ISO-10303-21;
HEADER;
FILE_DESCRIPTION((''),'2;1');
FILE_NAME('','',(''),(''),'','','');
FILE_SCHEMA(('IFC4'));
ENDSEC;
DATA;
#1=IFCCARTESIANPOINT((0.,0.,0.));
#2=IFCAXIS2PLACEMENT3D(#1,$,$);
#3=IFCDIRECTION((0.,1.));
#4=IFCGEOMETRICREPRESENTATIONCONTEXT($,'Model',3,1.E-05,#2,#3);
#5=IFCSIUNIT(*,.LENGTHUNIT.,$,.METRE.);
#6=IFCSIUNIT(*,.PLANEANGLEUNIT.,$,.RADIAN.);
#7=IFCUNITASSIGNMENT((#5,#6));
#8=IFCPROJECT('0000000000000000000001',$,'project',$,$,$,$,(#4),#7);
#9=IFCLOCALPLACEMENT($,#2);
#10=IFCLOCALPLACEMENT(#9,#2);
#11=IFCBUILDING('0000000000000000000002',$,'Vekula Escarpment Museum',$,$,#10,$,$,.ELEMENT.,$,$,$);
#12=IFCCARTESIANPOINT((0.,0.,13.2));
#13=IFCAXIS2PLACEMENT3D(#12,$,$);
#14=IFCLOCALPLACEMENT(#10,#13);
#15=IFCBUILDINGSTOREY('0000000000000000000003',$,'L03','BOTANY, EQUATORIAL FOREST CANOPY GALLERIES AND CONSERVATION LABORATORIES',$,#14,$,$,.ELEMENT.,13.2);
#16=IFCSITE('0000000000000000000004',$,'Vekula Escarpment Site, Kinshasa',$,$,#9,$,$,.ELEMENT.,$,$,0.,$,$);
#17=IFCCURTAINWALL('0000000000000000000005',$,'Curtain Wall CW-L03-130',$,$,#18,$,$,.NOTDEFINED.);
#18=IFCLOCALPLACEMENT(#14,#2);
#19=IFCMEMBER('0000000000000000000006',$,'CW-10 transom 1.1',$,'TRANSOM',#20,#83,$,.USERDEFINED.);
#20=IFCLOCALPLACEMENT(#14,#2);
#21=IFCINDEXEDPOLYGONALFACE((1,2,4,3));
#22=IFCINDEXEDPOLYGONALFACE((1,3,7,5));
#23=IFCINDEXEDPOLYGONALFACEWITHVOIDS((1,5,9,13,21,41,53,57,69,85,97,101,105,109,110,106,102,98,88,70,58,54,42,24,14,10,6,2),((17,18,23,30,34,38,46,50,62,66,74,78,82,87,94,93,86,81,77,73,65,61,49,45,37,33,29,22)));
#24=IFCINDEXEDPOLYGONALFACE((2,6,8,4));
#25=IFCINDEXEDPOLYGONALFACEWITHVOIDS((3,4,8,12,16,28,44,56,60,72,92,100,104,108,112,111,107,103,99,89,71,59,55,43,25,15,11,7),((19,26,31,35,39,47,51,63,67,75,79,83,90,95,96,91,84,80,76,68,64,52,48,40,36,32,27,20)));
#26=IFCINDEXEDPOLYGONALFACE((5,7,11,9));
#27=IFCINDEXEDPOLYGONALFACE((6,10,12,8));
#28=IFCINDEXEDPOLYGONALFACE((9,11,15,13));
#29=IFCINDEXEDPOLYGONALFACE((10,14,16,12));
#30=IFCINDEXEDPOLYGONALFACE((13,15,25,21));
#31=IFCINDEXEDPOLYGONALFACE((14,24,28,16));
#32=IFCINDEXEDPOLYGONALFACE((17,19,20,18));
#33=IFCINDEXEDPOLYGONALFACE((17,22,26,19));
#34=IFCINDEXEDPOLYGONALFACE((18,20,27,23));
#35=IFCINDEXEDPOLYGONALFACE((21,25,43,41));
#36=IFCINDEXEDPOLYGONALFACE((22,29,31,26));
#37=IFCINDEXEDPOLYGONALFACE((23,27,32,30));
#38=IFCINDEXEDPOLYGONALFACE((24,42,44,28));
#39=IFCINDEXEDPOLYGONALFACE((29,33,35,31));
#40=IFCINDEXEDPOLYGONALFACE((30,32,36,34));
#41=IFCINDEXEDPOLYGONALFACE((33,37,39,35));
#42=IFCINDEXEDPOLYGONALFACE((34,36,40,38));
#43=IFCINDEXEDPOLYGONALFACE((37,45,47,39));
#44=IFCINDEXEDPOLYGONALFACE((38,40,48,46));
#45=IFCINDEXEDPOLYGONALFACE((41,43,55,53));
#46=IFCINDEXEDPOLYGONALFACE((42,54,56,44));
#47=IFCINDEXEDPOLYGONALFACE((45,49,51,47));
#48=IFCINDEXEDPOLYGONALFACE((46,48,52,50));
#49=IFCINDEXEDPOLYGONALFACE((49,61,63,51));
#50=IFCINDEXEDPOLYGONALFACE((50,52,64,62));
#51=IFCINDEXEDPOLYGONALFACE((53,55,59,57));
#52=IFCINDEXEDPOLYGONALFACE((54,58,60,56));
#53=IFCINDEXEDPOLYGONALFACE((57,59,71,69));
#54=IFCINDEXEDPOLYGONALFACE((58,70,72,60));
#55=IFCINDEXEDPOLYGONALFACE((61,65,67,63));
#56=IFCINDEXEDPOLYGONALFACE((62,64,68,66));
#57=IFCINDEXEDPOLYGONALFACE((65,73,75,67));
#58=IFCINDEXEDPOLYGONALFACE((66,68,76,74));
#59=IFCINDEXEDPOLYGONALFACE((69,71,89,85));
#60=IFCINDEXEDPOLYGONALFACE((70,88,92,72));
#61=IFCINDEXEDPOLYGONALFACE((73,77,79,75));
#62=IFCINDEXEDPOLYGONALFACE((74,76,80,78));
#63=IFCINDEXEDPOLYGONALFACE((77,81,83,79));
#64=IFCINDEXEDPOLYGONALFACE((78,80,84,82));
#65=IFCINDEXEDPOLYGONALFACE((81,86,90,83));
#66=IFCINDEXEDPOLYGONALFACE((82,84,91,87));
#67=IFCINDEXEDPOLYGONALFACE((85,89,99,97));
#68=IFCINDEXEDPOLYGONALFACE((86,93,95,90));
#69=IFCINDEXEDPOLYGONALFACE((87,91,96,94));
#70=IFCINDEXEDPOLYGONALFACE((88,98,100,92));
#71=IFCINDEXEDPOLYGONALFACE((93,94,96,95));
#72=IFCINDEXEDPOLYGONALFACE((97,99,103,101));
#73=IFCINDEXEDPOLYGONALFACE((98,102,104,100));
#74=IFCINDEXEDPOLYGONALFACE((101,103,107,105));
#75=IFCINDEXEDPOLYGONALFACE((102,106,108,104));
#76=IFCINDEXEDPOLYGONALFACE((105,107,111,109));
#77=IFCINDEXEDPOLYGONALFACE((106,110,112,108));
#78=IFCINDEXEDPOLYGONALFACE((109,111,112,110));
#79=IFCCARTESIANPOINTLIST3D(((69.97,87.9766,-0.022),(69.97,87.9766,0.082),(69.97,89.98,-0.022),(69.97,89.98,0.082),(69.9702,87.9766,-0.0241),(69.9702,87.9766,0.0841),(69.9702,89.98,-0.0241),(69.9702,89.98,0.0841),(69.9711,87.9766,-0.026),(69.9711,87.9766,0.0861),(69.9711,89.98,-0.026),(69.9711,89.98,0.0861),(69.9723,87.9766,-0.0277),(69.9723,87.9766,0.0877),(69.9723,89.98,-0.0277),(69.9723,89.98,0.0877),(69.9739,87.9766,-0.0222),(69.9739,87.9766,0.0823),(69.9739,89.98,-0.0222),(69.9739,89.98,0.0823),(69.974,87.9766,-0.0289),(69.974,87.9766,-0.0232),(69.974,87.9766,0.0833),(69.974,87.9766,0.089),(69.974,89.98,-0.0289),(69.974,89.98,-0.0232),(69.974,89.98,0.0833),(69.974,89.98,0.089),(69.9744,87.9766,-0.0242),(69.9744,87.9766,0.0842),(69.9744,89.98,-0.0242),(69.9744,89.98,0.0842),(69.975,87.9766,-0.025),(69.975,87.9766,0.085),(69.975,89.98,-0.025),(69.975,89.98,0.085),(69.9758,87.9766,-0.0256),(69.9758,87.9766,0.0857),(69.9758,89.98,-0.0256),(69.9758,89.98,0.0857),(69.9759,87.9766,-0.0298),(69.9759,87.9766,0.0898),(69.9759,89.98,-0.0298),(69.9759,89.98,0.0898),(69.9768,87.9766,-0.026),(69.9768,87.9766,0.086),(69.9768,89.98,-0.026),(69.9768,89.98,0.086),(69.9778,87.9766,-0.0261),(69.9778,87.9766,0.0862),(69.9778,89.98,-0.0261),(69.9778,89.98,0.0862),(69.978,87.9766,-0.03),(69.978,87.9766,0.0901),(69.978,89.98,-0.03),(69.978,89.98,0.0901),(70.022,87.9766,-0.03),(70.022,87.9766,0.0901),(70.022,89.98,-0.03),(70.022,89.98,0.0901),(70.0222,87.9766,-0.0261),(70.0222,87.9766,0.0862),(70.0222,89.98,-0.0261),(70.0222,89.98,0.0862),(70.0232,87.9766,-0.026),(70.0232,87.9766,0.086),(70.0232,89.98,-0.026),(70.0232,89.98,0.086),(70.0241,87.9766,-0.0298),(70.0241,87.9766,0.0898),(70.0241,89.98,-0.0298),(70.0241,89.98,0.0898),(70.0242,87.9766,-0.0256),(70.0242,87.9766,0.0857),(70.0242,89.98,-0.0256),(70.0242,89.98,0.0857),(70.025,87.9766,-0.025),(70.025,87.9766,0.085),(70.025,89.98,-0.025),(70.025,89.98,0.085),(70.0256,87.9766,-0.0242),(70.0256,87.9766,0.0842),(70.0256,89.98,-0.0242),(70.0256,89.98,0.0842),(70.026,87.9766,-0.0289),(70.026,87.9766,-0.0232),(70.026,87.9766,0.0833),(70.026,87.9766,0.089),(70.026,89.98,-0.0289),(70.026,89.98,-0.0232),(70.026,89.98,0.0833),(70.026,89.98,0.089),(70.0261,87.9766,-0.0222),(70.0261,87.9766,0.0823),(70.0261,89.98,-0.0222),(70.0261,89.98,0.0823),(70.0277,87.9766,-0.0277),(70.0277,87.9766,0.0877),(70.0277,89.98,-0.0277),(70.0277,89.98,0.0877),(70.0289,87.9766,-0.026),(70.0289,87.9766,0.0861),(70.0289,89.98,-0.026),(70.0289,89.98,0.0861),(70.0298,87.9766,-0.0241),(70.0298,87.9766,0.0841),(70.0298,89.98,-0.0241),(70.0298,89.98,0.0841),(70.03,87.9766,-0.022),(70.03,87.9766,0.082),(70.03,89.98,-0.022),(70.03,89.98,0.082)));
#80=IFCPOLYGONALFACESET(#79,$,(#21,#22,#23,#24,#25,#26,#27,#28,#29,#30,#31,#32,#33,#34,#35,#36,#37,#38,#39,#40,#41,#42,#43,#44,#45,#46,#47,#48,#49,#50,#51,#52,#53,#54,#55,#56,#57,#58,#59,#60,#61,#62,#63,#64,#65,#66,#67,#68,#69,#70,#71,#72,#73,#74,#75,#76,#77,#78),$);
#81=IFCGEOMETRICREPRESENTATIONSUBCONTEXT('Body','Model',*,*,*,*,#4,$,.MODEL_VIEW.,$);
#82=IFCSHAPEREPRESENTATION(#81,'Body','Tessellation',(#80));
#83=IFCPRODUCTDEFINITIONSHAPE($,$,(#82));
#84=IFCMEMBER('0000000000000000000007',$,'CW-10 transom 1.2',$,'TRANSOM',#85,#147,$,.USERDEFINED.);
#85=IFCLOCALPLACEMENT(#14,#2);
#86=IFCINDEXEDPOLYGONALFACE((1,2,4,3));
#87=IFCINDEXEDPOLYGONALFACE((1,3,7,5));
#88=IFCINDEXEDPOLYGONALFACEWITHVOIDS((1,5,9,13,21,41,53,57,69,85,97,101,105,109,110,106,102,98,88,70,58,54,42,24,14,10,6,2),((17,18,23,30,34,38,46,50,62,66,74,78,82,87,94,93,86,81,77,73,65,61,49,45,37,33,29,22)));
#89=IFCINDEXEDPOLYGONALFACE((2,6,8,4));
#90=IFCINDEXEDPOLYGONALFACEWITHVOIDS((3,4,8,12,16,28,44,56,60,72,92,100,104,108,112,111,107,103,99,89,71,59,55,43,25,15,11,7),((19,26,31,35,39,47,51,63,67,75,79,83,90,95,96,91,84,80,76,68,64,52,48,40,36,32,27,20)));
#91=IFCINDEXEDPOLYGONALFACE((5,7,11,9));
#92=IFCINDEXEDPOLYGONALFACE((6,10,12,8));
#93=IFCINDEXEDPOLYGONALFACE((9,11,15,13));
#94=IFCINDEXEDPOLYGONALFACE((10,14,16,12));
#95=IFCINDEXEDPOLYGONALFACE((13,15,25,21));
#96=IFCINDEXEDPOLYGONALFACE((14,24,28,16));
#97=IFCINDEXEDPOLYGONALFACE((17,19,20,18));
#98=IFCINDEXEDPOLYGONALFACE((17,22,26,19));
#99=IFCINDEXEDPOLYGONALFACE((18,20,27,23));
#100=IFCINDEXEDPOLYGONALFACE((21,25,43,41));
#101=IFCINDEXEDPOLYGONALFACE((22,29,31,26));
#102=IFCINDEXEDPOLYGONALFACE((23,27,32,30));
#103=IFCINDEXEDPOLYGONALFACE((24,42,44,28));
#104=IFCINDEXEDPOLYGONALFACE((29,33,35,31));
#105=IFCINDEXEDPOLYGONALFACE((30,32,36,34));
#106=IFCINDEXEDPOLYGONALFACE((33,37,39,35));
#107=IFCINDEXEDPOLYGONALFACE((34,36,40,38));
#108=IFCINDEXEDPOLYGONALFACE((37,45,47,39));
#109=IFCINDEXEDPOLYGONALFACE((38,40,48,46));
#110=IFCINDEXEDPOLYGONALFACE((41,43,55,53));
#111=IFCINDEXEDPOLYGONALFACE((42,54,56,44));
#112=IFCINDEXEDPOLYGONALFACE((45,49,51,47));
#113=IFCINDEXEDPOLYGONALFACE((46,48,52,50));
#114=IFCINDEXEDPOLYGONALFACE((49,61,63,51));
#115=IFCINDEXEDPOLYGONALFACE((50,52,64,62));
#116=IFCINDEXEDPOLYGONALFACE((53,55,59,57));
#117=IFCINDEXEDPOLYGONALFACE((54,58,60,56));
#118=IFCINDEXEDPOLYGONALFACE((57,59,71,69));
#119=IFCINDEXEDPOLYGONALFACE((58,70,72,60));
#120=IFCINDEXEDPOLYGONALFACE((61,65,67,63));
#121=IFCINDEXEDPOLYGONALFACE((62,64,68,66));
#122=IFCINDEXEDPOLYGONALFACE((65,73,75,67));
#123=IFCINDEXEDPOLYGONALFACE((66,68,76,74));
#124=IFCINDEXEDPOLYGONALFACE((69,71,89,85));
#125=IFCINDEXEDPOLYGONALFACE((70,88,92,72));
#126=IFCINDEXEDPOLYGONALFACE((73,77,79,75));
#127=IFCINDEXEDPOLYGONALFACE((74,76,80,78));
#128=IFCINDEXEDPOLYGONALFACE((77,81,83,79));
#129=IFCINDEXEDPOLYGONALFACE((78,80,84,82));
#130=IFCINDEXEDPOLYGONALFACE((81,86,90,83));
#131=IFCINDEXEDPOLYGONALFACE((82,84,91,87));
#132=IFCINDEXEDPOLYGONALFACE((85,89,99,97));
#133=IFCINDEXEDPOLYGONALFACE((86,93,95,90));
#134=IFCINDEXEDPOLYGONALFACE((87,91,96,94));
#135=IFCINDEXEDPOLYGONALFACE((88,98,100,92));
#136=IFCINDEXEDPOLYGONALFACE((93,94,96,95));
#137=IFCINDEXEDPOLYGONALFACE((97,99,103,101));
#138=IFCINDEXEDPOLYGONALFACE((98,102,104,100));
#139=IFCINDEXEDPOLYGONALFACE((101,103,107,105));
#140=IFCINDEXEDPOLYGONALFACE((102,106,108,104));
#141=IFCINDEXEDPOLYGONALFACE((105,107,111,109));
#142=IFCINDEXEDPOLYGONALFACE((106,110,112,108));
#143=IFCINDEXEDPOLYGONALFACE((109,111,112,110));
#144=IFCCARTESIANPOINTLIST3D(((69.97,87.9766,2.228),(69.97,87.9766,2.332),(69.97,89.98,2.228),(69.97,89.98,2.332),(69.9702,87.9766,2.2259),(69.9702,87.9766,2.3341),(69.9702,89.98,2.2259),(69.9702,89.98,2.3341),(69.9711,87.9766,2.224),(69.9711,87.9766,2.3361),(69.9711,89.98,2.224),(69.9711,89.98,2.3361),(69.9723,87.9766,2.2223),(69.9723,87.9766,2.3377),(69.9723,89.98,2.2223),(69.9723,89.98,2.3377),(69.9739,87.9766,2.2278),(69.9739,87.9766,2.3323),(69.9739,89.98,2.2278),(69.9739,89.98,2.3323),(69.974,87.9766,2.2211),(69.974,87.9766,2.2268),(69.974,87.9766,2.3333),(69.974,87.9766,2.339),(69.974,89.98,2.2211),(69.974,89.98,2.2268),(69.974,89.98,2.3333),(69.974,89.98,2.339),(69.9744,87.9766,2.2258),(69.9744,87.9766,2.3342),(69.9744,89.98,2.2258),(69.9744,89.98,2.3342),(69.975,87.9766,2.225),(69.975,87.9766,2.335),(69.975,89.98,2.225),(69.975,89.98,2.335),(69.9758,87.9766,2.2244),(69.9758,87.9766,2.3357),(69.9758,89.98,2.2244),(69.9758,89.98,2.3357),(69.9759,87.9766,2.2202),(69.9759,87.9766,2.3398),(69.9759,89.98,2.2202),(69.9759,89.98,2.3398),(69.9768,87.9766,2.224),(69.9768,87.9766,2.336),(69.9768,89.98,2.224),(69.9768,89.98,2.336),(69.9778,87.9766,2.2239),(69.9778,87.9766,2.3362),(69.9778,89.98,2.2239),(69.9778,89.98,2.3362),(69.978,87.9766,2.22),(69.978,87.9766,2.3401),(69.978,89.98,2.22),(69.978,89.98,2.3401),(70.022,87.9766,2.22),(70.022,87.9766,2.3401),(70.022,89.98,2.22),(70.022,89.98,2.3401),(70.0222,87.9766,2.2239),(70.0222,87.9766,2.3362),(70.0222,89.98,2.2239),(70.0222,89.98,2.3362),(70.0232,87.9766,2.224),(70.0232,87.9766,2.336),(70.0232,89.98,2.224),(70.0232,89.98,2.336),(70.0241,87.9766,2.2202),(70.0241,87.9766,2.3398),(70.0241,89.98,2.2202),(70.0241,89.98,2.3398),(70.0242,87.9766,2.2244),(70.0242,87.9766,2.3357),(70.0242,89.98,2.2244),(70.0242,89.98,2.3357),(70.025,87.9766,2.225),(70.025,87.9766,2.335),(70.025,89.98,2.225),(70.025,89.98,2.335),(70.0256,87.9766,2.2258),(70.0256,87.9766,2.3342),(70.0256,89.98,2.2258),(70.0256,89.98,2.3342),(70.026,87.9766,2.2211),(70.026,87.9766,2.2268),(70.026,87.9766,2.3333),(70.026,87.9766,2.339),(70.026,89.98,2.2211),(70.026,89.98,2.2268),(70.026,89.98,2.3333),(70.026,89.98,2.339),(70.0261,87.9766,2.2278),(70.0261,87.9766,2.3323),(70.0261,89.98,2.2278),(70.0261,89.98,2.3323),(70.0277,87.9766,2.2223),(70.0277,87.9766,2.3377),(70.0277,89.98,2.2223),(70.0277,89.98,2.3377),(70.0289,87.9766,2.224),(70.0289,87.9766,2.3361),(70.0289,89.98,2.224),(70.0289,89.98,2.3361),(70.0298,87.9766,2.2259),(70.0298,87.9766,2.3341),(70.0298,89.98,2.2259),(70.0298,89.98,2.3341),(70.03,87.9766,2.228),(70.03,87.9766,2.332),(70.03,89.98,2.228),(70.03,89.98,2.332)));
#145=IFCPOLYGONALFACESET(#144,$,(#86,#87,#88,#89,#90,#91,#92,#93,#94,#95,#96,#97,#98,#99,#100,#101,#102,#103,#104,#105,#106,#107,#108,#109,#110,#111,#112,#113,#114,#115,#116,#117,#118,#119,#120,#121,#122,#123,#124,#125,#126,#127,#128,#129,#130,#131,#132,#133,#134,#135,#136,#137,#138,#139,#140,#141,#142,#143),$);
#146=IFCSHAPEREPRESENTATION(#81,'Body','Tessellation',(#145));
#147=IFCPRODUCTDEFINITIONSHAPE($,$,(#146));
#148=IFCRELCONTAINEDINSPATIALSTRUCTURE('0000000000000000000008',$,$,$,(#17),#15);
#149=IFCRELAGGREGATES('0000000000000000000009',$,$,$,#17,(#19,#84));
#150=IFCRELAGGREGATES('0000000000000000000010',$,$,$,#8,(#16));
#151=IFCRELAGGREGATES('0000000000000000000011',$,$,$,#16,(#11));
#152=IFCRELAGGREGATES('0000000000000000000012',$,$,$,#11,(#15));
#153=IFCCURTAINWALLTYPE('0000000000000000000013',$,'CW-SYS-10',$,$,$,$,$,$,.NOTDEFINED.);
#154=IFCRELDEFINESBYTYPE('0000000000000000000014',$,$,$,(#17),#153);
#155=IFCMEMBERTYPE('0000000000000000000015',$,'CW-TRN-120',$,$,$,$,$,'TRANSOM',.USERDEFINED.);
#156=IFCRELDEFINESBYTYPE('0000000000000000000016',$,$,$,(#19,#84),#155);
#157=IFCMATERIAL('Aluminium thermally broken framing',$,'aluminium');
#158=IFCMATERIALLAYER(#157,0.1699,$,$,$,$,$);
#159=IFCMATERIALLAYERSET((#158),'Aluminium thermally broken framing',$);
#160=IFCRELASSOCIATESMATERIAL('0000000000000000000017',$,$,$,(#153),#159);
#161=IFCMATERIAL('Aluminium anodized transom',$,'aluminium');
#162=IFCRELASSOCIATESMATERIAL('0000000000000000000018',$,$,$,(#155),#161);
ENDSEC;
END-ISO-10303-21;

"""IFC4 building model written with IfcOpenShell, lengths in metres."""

from ifc_helpers import new_model, si_unit, direction, frame, origin, origin_2d, place, context, subcontext, project, spatial, hollow_rectangle, extrude, material, layer, layer_set, material_profile, profile_set, type_object, element, aggregate, save


model = new_model("IFC4")

# Units and contexts
model_context = context("Model", 3, precision=1e-05, world=origin(), true_north=direction((0.0, 1.0)))
body_context = subcontext(model_context, "Body", "Model", "MODEL_VIEW")
ifc_project = project(units=[si_unit("LENGTHUNIT", "METRE"), si_unit("PLANEANGLEUNIT", "RADIAN")], contexts=[model_context])

# Site, building, storey
site_placement = place(None, origin())
site = spatial("IfcSite", under=ifc_project, at=site_placement, Name="Vekula Escarpment Site, Kinshasa", CompositionType="ELEMENT", RefElevation=0.0)
building_placement = place(site_placement, origin())
building = spatial("IfcBuilding", under=site, at=building_placement, Name="Vekula Escarpment Museum", CompositionType="ELEMENT")
storey_placement = place(building_placement, frame((0.0, 0.0, 13.2)))
storey = spatial("IfcBuildingStorey", under=building, at=storey_placement, Name="L03", Description="BOTANY, EQUATORIAL FOREST CANOPY GALLERIES AND CONSERVATION LABORATORIES", CompositionType="ELEMENT", Elevation=13.2)

# Curtain wall
ifc_material_1 = material(Name="Aluminium thermally broken framing", Category="aluminium")
ifc_layer_1 = layer(ifc_material_1, 0.1699)
ifc_layer_set_1 = layer_set([ifc_layer_1], Name="Aluminium thermally broken framing")
curtain_wall_type_1 = type_object("IfcCurtainWallType", Name="CW-SYS-10", PredefinedType="NOTDEFINED", material=ifc_layer_set_1)
curtain_wall_1_placement = place(storey_placement, origin())
curtain_wall_1 = element("IfcCurtainWall", 1, at=curtain_wall_1_placement, inside=storey, type_object=curtain_wall_type_1, Name="Curtain Wall CW-L03-130", PredefinedType="NOTDEFINED")

# Members
ifc_material_2 = material(Name="Aluminium anodized transom", Category="aluminium")
ifc_material_profile_1 = material_profile(ifc_material_2, hollow_rectangle(XDim=0.0601, YDim=0.1201, WallThickness=0.0039, InnerFilletRadius=0.0039, OuterFilletRadius=0.0081, at=origin_2d()), Name="ALU 120x60x4")
ifc_profile_set_1 = profile_set([ifc_material_profile_1], Name="Aluminium anodized transom")
member_type_1 = type_object("IfcMemberType", Name="CW-TRN-120", ElementType="TRANSOM", PredefinedType="USERDEFINED", material=ifc_profile_set_1)
member_1_placement = place(storey_placement, frame((70.0, 89.98, 0.03), z_axis=(0.0, -1.0, 0.0), x_axis=(1.0, 0.0, 0.0)))
member_1 = element("IfcMember", 2, at=member_1_placement, type_object=member_type_1, Name="CW-10 transom 1.1", ObjectType="TRANSOM", PredefinedType="USERDEFINED", context=body_context, shape_type="SweptSolid", body=[
    extrude(hollow_rectangle(XDim=0.0601, YDim=0.1201, WallThickness=0.0039, InnerFilletRadius=0.0039, OuterFilletRadius=0.0081, at=origin_2d()), origin(), (0.0, 0.0, 1.0), 2.0034),
])
member_2_placement = place(storey_placement, frame((70.0, 89.98, 2.28), z_axis=(0.0, -1.0, 0.0), x_axis=(1.0, 0.0, 0.0)))
member_2 = element("IfcMember", 3, at=member_2_placement, type_object=member_type_1, Name="CW-10 transom 1.2", ObjectType="TRANSOM", PredefinedType="USERDEFINED", context=body_context, shape_type="SweptSolid", body=[
    extrude(hollow_rectangle(XDim=0.0601, YDim=0.1201, WallThickness=0.0039, InnerFilletRadius=0.0039, OuterFilletRadius=0.0081, at=origin_2d()), origin(), (0.0, 0.0, 1.0), 2.0034),
])
aggregate(curtain_wall_1, [member_1, member_2])

save(model, "model.ifc")
